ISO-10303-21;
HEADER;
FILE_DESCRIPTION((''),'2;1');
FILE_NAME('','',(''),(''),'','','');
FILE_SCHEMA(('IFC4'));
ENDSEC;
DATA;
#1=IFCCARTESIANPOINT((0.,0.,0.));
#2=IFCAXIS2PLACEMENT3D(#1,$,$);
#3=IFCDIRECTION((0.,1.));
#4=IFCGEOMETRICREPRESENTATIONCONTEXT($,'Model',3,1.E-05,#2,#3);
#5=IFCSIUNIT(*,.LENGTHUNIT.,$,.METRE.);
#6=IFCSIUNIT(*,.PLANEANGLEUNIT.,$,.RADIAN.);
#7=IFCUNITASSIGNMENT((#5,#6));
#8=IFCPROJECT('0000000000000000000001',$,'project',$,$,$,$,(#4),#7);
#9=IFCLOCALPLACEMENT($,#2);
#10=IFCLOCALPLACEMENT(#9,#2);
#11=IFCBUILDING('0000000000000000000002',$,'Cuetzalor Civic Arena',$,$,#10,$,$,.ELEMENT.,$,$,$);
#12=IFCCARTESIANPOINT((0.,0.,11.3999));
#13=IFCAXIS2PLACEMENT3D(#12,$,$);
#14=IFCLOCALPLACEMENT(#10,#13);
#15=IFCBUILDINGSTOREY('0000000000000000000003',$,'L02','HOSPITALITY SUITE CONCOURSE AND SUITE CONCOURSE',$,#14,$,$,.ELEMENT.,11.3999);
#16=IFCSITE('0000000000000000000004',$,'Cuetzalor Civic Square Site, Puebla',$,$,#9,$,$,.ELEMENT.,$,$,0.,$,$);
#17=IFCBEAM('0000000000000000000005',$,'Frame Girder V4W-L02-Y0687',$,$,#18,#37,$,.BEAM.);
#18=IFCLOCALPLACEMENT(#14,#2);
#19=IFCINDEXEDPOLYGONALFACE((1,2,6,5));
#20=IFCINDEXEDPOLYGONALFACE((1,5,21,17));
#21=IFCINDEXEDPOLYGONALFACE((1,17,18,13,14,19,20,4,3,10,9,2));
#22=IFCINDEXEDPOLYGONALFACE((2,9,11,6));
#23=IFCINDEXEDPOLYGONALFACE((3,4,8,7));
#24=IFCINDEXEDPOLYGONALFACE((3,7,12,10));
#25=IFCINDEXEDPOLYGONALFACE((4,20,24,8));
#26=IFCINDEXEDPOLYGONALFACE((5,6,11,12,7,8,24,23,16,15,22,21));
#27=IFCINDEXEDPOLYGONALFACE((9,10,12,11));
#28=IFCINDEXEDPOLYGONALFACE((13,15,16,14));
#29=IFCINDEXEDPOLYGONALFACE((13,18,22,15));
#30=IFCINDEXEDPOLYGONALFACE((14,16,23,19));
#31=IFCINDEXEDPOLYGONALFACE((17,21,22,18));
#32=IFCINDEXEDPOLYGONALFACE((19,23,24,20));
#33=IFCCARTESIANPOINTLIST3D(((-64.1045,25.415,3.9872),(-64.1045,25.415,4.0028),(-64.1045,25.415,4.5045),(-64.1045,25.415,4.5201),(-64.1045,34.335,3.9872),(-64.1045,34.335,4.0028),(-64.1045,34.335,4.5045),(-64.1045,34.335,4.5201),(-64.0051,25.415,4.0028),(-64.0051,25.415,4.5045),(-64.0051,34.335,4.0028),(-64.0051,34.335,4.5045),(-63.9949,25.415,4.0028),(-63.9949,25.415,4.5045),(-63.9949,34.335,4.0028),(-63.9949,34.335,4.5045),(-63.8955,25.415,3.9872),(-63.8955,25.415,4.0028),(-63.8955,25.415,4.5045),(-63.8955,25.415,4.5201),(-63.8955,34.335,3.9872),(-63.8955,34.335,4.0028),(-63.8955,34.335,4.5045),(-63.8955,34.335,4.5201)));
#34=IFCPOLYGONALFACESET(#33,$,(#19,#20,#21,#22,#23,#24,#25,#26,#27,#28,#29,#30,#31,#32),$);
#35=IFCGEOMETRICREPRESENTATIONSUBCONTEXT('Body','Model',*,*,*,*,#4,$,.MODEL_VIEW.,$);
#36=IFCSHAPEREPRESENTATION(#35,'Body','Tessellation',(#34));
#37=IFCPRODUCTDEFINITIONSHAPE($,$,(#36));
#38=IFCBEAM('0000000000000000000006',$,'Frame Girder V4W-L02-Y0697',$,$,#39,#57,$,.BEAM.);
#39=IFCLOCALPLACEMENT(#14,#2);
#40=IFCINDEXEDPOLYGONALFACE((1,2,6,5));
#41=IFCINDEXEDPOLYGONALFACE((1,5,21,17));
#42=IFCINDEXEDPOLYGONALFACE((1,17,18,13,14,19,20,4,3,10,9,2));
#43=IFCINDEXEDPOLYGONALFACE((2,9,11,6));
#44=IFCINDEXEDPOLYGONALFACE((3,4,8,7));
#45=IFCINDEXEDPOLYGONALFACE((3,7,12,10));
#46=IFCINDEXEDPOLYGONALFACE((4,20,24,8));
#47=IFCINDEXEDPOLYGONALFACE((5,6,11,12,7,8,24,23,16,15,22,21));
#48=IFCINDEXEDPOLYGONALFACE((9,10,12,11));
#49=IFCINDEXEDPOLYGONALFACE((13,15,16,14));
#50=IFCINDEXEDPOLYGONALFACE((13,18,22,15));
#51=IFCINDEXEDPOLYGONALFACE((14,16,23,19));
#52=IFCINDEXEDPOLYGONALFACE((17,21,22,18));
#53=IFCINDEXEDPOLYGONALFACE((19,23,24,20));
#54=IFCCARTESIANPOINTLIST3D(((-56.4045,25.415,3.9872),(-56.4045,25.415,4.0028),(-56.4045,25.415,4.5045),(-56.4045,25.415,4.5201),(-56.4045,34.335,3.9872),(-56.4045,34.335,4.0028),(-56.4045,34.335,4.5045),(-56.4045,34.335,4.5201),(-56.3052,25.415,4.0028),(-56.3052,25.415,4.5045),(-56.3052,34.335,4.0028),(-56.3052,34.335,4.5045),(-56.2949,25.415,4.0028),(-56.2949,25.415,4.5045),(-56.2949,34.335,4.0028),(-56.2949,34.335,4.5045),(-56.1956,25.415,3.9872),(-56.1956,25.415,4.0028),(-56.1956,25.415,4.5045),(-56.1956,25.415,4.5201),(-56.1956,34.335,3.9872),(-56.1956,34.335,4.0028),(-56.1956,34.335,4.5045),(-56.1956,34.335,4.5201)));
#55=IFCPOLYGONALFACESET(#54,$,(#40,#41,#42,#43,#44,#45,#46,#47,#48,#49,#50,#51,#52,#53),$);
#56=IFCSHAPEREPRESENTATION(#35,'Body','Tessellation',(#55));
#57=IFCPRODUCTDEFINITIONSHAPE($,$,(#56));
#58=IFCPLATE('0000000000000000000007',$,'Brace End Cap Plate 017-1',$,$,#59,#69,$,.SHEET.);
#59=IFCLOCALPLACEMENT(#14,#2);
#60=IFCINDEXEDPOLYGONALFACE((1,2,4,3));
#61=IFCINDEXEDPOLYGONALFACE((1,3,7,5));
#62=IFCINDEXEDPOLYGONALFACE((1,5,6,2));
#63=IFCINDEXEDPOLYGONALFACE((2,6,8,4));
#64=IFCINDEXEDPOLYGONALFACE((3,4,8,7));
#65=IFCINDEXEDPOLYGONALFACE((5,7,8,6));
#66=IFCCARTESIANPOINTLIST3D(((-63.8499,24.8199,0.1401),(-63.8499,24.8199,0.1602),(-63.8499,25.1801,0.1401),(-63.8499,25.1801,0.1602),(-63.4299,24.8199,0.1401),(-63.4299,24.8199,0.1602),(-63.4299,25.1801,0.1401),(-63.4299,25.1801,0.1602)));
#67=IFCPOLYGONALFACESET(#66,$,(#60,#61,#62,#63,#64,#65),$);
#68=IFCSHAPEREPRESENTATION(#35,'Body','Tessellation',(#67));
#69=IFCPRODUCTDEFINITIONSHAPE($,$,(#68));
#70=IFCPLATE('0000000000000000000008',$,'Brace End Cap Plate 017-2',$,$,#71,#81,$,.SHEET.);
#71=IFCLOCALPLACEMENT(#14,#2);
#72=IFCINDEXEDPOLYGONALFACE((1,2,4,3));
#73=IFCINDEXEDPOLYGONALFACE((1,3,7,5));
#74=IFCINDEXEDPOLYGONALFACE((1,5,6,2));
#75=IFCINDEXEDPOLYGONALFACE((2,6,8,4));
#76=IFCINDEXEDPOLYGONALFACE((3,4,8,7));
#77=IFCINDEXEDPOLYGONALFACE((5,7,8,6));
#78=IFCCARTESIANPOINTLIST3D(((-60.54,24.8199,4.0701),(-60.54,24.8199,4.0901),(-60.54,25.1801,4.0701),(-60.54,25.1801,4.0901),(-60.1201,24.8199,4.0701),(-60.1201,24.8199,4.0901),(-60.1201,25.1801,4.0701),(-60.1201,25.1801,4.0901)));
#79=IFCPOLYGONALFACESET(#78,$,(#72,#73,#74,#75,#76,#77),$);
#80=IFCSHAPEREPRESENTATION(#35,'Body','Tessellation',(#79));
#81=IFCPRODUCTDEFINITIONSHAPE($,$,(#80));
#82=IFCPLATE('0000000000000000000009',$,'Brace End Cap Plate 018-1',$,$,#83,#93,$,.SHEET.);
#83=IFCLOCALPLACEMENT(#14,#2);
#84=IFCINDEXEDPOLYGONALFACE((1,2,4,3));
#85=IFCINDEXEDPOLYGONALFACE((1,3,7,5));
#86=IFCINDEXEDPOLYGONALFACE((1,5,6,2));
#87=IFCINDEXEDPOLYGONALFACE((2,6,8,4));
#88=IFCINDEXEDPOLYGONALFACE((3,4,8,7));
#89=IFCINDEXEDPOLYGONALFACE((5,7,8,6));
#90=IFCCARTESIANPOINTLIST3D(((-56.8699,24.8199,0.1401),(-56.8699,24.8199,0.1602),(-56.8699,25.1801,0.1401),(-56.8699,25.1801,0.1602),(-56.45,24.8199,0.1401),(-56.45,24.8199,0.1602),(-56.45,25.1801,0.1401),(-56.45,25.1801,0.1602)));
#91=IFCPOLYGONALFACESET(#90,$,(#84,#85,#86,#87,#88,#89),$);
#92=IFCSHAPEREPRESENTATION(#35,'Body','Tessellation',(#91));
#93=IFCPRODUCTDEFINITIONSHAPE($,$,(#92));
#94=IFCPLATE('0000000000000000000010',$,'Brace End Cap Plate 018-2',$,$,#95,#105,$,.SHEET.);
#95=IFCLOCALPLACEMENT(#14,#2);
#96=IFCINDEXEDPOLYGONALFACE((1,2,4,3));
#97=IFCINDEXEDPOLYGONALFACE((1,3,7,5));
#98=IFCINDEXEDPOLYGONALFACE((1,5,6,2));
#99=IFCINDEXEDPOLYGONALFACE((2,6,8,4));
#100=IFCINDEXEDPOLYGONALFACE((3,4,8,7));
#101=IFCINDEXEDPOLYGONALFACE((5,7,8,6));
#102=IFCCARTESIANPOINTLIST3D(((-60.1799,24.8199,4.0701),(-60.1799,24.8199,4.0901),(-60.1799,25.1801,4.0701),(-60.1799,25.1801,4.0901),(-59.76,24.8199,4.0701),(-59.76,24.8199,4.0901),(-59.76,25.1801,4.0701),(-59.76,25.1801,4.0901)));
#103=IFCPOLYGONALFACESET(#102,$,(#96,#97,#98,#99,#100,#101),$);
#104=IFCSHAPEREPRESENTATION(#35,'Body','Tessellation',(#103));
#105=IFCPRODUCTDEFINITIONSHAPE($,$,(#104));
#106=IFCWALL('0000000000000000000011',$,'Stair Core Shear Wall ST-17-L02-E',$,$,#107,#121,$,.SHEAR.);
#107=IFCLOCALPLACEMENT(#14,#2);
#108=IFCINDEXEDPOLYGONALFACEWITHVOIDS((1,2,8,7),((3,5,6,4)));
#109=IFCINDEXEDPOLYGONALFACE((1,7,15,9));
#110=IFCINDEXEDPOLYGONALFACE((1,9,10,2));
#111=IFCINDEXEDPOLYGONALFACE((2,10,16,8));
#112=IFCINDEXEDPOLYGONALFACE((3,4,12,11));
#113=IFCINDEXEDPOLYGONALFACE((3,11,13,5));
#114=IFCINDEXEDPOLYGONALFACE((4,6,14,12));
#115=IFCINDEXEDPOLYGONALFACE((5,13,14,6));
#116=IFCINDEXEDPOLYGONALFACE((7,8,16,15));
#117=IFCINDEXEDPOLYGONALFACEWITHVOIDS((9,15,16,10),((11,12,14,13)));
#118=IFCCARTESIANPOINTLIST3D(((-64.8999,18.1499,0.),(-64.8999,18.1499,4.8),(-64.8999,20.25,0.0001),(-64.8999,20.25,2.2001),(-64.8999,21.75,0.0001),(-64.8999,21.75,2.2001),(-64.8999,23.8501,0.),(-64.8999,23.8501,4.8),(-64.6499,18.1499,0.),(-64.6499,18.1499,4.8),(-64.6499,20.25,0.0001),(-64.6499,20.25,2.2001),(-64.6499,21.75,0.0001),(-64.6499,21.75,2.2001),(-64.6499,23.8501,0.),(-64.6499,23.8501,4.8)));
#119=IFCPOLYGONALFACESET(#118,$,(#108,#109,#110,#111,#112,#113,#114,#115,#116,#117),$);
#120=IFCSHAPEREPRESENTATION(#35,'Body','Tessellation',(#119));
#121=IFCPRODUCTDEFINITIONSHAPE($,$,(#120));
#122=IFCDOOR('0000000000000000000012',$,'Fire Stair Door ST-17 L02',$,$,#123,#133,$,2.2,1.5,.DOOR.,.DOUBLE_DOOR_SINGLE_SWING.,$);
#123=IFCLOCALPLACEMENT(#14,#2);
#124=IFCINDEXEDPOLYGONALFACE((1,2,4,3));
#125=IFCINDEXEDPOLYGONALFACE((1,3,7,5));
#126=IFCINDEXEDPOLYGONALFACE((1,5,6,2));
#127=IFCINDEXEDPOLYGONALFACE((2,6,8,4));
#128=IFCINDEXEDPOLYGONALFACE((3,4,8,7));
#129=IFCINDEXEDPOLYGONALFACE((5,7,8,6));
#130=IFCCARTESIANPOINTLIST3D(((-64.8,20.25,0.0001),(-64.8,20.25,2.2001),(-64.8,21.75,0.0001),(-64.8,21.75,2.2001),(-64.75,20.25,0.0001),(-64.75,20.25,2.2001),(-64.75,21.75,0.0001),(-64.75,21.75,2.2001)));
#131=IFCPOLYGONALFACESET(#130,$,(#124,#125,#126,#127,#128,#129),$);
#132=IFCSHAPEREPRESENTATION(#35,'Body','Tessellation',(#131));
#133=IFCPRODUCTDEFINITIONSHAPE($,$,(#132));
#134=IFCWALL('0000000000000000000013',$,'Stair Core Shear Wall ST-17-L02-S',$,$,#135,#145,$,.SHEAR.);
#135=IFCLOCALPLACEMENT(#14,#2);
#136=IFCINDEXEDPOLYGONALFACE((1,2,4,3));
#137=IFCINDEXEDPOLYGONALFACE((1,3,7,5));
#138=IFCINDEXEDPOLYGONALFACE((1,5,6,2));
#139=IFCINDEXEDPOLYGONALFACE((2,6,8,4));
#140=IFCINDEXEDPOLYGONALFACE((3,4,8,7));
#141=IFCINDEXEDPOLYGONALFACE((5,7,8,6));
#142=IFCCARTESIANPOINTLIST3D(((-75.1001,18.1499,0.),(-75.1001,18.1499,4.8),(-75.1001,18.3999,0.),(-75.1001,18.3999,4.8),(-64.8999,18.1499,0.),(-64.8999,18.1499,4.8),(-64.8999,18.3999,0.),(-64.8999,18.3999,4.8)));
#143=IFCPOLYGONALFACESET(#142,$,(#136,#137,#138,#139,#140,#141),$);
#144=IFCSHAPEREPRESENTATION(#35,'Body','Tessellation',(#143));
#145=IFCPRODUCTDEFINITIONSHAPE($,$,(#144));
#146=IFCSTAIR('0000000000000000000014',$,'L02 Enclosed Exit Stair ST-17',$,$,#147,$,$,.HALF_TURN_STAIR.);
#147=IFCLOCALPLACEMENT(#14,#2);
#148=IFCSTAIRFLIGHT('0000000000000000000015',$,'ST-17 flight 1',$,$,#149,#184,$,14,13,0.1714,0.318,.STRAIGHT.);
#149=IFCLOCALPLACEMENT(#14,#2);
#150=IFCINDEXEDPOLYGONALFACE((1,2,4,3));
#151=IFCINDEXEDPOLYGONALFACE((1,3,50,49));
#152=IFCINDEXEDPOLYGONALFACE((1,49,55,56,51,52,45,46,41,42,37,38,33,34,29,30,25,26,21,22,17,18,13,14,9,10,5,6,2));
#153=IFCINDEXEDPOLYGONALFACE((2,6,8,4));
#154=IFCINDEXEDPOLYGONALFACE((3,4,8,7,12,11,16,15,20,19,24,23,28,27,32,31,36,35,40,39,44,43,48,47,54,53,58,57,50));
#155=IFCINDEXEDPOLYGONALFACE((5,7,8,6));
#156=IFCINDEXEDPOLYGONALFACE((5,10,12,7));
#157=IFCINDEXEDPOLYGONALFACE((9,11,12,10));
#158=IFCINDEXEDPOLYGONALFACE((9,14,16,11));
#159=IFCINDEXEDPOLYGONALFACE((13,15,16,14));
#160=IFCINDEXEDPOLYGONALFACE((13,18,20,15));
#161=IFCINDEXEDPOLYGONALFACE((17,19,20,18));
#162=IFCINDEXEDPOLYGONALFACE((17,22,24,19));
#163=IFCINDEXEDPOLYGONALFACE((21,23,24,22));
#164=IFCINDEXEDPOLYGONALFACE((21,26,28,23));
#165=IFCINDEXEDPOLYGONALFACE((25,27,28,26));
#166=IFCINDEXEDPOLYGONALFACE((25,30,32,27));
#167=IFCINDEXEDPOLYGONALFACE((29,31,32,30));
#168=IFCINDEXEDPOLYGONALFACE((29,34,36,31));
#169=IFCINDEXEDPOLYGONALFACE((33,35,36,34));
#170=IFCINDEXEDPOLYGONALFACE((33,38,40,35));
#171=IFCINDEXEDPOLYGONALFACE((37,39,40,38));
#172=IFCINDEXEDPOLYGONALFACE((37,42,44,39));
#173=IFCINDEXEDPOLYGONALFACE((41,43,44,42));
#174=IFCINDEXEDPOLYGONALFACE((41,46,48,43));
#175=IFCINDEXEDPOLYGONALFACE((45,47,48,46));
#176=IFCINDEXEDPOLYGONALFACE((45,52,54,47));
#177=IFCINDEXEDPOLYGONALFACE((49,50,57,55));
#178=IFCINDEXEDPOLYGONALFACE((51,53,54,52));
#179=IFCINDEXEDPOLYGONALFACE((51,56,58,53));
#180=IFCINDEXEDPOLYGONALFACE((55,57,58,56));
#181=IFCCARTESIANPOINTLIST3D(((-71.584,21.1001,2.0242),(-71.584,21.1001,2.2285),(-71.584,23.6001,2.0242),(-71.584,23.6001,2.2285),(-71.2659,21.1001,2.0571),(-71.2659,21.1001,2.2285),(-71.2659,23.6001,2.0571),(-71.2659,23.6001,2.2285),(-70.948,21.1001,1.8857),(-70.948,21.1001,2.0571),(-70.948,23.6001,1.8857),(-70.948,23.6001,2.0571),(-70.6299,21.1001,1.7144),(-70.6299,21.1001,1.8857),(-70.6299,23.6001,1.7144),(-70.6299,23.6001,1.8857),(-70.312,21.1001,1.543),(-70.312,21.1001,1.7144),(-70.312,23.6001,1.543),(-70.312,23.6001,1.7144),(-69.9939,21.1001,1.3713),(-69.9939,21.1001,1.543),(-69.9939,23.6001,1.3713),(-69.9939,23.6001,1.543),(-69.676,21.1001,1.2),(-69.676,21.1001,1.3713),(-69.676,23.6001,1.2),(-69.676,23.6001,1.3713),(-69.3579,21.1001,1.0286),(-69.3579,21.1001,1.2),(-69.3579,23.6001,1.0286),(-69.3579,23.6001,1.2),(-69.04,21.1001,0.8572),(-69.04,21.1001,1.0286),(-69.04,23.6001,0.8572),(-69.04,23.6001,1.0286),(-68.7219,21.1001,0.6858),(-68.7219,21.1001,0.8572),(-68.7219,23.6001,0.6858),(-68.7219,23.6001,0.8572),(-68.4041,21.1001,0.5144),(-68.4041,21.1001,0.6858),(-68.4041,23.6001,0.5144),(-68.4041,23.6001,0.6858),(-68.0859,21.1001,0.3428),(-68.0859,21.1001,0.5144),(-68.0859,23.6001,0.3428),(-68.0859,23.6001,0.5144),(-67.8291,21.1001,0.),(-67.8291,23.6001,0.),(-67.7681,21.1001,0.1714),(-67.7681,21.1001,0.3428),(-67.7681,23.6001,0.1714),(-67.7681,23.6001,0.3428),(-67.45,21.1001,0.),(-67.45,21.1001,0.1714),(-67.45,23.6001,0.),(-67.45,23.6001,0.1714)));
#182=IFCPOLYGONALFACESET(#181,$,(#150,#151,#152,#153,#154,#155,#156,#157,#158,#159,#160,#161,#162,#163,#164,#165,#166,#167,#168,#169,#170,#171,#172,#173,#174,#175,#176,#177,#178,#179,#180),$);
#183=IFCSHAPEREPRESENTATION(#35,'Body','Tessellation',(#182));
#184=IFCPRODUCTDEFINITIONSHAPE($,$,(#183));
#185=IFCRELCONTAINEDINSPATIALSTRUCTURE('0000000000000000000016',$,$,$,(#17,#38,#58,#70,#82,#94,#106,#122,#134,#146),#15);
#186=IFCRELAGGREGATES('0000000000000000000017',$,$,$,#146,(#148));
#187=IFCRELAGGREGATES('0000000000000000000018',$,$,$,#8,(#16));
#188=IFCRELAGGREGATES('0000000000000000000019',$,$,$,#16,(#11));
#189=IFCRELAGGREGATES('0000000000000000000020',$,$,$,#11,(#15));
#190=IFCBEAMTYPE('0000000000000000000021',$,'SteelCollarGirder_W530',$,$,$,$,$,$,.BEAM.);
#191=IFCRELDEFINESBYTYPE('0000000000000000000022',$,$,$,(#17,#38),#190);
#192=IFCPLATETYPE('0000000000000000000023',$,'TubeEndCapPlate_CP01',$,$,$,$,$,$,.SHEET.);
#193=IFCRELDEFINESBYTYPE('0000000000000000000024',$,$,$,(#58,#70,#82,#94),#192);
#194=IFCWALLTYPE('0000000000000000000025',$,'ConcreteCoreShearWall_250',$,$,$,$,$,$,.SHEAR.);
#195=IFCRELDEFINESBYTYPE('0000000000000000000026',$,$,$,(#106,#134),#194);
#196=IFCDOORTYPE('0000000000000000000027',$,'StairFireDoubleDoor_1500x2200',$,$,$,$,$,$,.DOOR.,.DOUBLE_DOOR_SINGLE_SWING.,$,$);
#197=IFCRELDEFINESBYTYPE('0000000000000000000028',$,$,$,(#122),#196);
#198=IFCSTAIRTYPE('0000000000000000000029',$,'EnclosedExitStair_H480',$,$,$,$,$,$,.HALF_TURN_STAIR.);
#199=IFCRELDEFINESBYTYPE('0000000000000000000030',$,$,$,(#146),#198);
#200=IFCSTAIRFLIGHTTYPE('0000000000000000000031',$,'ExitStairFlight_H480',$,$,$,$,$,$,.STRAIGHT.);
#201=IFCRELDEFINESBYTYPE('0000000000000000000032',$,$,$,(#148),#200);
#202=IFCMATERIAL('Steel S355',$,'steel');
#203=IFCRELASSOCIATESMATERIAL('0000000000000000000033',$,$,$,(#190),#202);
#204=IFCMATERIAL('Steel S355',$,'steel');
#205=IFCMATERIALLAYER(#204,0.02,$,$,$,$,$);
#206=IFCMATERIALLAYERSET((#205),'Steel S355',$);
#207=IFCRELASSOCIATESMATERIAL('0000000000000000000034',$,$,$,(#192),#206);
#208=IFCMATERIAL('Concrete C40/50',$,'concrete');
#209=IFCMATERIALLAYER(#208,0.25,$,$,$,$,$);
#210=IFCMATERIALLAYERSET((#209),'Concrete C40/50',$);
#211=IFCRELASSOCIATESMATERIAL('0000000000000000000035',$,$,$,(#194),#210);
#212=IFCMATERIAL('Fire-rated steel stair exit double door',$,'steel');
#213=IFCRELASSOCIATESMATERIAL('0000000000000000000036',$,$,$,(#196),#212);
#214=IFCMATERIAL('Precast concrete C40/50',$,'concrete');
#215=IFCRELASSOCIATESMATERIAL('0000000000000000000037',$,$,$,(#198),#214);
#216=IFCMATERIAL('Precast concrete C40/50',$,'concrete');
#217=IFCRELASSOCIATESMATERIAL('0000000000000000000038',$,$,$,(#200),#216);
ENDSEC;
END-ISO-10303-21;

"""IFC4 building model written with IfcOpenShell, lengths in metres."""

from ifc_helpers import new_model, si_unit, direction, frame, frame_2d, origin, origin_2d, place, context, subcontext, project, spatial, polyline, rectangle, i_section, outline, extrude, material, layer, layer_set, material_profile, profile_set, type_object, element, fill, aggregate, save


model = new_model("IFC4")

# Units and contexts
model_context = context("Model", 3, precision=1e-05, world=origin(), true_north=direction((0.0, 1.0)))
body_context = subcontext(model_context, "Body", "Model", "MODEL_VIEW")
ifc_project = project(units=[si_unit("LENGTHUNIT", "METRE"), si_unit("PLANEANGLEUNIT", "RADIAN")], contexts=[model_context])

# Site, building, storey
site_placement = place(None, origin())
site = spatial("IfcSite", under=ifc_project, at=site_placement, Name="Cuetzalor Civic Square Site, Puebla", CompositionType="ELEMENT", RefElevation=0.0)
building_placement = place(site_placement, origin())
building = spatial("IfcBuilding", under=site, at=building_placement, Name="Cuetzalor Civic Arena", CompositionType="ELEMENT")
storey_placement = place(building_placement, frame((0.0, 0.0, 11.3999)))
storey = spatial("IfcBuildingStorey", under=building, at=storey_placement, Name="L02", Description="HOSPITALITY SUITE CONCOURSE AND SUITE CONCOURSE", CompositionType="ELEMENT", Elevation=11.3999)

# Beams
ifc_material_1 = material(Name="Steel S355", Category="steel")
ifc_material_profile_1 = material_profile(ifc_material_1, i_section(OverallWidth=0.209, OverallDepth=0.533, WebThickness=0.0103, FlangeThickness=0.0156, at=origin_2d()), Name="W530x92")
ifc_profile_set_1 = profile_set([ifc_material_profile_1], Name="Steel S355")
beam_type_1 = type_object("IfcBeamType", Name="SteelCollarGirder_W530", PredefinedType="BEAM", material=ifc_profile_set_1)
for number, where, z_axis, x_axis, name in (
    (1, (-64.0, 25.415, 4.2537), (0.0, 1.0, 0.0), (-1.0, 0.0, 0.0), "Frame Girder V4W-L02-Y0687"),
    (2, (-56.3, 25.415, 4.2537), (0.0, 1.0, 0.0), (-1.0, 0.0, 0.0), "Frame Girder V4W-L02-Y0697"),
):
    element("IfcBeam", number, at=place(storey_placement, frame(where, z_axis=z_axis, x_axis=x_axis)), inside=storey, type_object=beam_type_1, Name=name, PredefinedType="BEAM", context=body_context, shape_type="SweptSolid", body=[
        extrude(i_section(OverallWidth=0.209, OverallDepth=0.533, WebThickness=0.0103, FlangeThickness=0.0156, at=origin_2d()), origin(), (0.0, 0.0, 1.0), 8.9199),
    ])

# Plates
ifc_material_2 = material(Name="Steel S355", Category="steel")
ifc_layer_1 = layer(ifc_material_2, 0.02)
ifc_layer_set_1 = layer_set([ifc_layer_1], Name="Steel S355")
plate_type = type_object("IfcPlateType", Name="TubeEndCapPlate_CP01", PredefinedType="SHEET", material=ifc_layer_set_1)
for number, where, z_axis, x_axis, name in (
    (3, (-63.6399, 25.0, 0.1401), (0.0, 0.0, 1.0), (1.0, 0.0, 0.0), "Brace End Cap Plate 017-1"),
    (4, (-60.3301, 25.0, 4.0701), (0.0, 0.0, 1.0), (1.0, 0.0, 0.0), "Brace End Cap Plate 017-2"),
    (5, (-56.6599, 25.0, 0.1401), (0.0, 0.0, 1.0), (1.0, 0.0, 0.0), "Brace End Cap Plate 018-1"),
    (6, (-59.97, 25.0, 4.0701), (0.0, 0.0, 1.0), (1.0, 0.0, 0.0), "Brace End Cap Plate 018-2"),
):
    element("IfcPlate", number, at=place(storey_placement, frame(where, z_axis=z_axis, x_axis=x_axis)), inside=storey, type_object=plate_type, Name=name, PredefinedType="SHEET", context=body_context, shape_type="SweptSolid", body=[
        extrude(rectangle(XDim=0.4199, YDim=0.3601, at=origin_2d()), origin(), (0.0, 0.0, 1.0), 0.02),
    ])

# Wall, opening, door
ifc_material_3 = material(Name="Concrete C40/50", Category="concrete")
ifc_layer_2 = layer(ifc_material_3, 0.25)
ifc_layer_set_2 = layer_set([ifc_layer_2], Name="Concrete C40/50")
wall_type = type_object("IfcWallType", Name="ConcreteCoreShearWall_250", PredefinedType="SHEAR", material=ifc_layer_set_2)
wall_1_placement = place(storey_placement, frame((-64.7749, 23.8501, 0.0), z_axis=(0.0, 0.0, 1.0), x_axis=(0.0, -1.0, 0.0)))
wall_1 = element("IfcWall", 7, at=wall_1_placement, inside=storey, type_object=wall_type, Name="Stair Core Shear Wall ST-17-L02-E", PredefinedType="SHEAR", context=body_context, shape_type="SweptSolid", body=[
    extrude(rectangle(XDim=5.7002, YDim=0.25, at=frame_2d((2.8501, 0.0))), origin(), (0.0, 0.0, 1.0), 4.8),
])
opening_placement = place(wall_1_placement, frame((2.1001, 0.0, 0.0)))
opening = element("IfcOpeningElement", 8, at=opening_placement, cuts=wall_1, PredefinedType="OPENING", context=body_context, shape_type="SweptSolid", body=[
    extrude(rectangle(XDim=1.5, YDim=2.2, at=frame_2d((0.75, 1.1001))), frame((0.0, 0.135, 0.0), z_axis=(0.0, -1.0, 0.0), x_axis=(1.0, 0.0, 0.0)), (0.0, 0.0, 1.0), 0.27),
])
ifc_material_4 = material(Name="Fire-rated steel stair exit double door", Category="steel")
door_type = type_object("IfcDoorType", Name="StairFireDoubleDoor_1500x2200", OperationType="DOUBLE_DOOR_SINGLE_SWING", PredefinedType="DOOR", material=ifc_material_4)
door_placement = place(opening_placement, origin())
door = element("IfcDoor", 9, at=door_placement, inside=storey, type_object=door_type, Name="Fire Stair Door ST-17 L02", OperationType="DOUBLE_DOOR_SINGLE_SWING", OverallHeight=2.2, OverallWidth=1.5, PredefinedType="DOOR", context=body_context, shape_type="SweptSolid", body=[
    extrude(rectangle(XDim=1.5, YDim=2.2, at=frame_2d((0.75, 1.1001))), frame((0.0, 0.0249, 0.0), z_axis=(0.0, -1.0, 0.0), x_axis=(1.0, 0.0, 0.0)), (0.0, 0.0, 1.0), 0.05),
])
fill(opening, door)

# Wall
wall_2_placement = place(storey_placement, frame((-64.8999, 18.2749, 0.0), z_axis=(0.0, 0.0, 1.0), x_axis=(-1.0, 0.0, 0.0)))
element("IfcWall", 10, at=wall_2_placement, inside=storey, type_object=wall_type, Name="Stair Core Shear Wall ST-17-L02-S", PredefinedType="SHEAR", context=body_context, shape_type="SweptSolid", body=[
    extrude(rectangle(XDim=10.2002, YDim=0.25, at=frame_2d((5.1001, 0.0))), origin(), (0.0, 0.0, 1.0), 4.8),
])

# Stair, stair flight
ifc_material_5 = material(Name="Precast concrete C40/50", Category="concrete")
stair_type = type_object("IfcStairType", Name="EnclosedExitStair_H480", PredefinedType="HALF_TURN_STAIR", material=ifc_material_5)
stair_placement = place(storey_placement, origin())
stair = element("IfcStair", 11, at=stair_placement, inside=storey, type_object=stair_type, Name="L02 Enclosed Exit Stair ST-17", PredefinedType="HALF_TURN_STAIR")
ifc_material_6 = material(Name="Precast concrete C40/50", Category="concrete")
stair_flight_type = type_object("IfcStairFlightType", Name="ExitStairFlight_H480", PredefinedType="STRAIGHT", material=ifc_material_6)
stair_flight_placement = place(storey_placement, frame((-67.45, 22.3501, 0.0), z_axis=(0.0, 0.0, 1.0), x_axis=(-1.0, 0.0, 0.0)))
stair_flight = element("IfcStairFlight", 12, at=stair_flight_placement, type_object=stair_flight_type, Name="ST-17 flight 1", NumberOfRisers=14, NumberOfTreads=13, PredefinedType="STRAIGHT", RiserHeight=0.1714, TreadLength=0.318, context=body_context, shape_type="SweptSolid", body=[
    extrude(outline(polyline([(0.0, 0.0), (0.0, 0.1714), (0.3181, 0.1714), (0.3181, 0.3428), (0.636, 0.3428), (0.636, 0.5144), (0.9541, 0.5144), (0.9541, 0.6858), (1.272, 0.6858), (1.272, 0.8572), (1.5901, 0.8572), (1.5901, 1.0286), (1.908, 1.0286), (1.908, 1.2), (2.2261, 1.2), (2.2261, 1.3713), (2.5439, 1.3713), (2.5439, 1.543), (2.8621, 1.543), (2.8621, 1.7144), (3.1799, 1.7144), (3.1799, 1.8857), (3.498, 1.8857), (3.498, 2.0571), (3.8159, 2.0571), (3.8159, 2.2285), (4.134, 2.2285), (4.134, 2.3999), (4.134, 2.0242), (0.3792, 0.0), (0.0, 0.0)])), frame((0.0, 1.25, 0.0), z_axis=(0.0, -1.0, 0.0), x_axis=(1.0, 0.0, 0.0)), (0.0, 0.0, 1.0), 2.5),
])
aggregate(stair, [stair_flight])

save(model, "model.ifc")
